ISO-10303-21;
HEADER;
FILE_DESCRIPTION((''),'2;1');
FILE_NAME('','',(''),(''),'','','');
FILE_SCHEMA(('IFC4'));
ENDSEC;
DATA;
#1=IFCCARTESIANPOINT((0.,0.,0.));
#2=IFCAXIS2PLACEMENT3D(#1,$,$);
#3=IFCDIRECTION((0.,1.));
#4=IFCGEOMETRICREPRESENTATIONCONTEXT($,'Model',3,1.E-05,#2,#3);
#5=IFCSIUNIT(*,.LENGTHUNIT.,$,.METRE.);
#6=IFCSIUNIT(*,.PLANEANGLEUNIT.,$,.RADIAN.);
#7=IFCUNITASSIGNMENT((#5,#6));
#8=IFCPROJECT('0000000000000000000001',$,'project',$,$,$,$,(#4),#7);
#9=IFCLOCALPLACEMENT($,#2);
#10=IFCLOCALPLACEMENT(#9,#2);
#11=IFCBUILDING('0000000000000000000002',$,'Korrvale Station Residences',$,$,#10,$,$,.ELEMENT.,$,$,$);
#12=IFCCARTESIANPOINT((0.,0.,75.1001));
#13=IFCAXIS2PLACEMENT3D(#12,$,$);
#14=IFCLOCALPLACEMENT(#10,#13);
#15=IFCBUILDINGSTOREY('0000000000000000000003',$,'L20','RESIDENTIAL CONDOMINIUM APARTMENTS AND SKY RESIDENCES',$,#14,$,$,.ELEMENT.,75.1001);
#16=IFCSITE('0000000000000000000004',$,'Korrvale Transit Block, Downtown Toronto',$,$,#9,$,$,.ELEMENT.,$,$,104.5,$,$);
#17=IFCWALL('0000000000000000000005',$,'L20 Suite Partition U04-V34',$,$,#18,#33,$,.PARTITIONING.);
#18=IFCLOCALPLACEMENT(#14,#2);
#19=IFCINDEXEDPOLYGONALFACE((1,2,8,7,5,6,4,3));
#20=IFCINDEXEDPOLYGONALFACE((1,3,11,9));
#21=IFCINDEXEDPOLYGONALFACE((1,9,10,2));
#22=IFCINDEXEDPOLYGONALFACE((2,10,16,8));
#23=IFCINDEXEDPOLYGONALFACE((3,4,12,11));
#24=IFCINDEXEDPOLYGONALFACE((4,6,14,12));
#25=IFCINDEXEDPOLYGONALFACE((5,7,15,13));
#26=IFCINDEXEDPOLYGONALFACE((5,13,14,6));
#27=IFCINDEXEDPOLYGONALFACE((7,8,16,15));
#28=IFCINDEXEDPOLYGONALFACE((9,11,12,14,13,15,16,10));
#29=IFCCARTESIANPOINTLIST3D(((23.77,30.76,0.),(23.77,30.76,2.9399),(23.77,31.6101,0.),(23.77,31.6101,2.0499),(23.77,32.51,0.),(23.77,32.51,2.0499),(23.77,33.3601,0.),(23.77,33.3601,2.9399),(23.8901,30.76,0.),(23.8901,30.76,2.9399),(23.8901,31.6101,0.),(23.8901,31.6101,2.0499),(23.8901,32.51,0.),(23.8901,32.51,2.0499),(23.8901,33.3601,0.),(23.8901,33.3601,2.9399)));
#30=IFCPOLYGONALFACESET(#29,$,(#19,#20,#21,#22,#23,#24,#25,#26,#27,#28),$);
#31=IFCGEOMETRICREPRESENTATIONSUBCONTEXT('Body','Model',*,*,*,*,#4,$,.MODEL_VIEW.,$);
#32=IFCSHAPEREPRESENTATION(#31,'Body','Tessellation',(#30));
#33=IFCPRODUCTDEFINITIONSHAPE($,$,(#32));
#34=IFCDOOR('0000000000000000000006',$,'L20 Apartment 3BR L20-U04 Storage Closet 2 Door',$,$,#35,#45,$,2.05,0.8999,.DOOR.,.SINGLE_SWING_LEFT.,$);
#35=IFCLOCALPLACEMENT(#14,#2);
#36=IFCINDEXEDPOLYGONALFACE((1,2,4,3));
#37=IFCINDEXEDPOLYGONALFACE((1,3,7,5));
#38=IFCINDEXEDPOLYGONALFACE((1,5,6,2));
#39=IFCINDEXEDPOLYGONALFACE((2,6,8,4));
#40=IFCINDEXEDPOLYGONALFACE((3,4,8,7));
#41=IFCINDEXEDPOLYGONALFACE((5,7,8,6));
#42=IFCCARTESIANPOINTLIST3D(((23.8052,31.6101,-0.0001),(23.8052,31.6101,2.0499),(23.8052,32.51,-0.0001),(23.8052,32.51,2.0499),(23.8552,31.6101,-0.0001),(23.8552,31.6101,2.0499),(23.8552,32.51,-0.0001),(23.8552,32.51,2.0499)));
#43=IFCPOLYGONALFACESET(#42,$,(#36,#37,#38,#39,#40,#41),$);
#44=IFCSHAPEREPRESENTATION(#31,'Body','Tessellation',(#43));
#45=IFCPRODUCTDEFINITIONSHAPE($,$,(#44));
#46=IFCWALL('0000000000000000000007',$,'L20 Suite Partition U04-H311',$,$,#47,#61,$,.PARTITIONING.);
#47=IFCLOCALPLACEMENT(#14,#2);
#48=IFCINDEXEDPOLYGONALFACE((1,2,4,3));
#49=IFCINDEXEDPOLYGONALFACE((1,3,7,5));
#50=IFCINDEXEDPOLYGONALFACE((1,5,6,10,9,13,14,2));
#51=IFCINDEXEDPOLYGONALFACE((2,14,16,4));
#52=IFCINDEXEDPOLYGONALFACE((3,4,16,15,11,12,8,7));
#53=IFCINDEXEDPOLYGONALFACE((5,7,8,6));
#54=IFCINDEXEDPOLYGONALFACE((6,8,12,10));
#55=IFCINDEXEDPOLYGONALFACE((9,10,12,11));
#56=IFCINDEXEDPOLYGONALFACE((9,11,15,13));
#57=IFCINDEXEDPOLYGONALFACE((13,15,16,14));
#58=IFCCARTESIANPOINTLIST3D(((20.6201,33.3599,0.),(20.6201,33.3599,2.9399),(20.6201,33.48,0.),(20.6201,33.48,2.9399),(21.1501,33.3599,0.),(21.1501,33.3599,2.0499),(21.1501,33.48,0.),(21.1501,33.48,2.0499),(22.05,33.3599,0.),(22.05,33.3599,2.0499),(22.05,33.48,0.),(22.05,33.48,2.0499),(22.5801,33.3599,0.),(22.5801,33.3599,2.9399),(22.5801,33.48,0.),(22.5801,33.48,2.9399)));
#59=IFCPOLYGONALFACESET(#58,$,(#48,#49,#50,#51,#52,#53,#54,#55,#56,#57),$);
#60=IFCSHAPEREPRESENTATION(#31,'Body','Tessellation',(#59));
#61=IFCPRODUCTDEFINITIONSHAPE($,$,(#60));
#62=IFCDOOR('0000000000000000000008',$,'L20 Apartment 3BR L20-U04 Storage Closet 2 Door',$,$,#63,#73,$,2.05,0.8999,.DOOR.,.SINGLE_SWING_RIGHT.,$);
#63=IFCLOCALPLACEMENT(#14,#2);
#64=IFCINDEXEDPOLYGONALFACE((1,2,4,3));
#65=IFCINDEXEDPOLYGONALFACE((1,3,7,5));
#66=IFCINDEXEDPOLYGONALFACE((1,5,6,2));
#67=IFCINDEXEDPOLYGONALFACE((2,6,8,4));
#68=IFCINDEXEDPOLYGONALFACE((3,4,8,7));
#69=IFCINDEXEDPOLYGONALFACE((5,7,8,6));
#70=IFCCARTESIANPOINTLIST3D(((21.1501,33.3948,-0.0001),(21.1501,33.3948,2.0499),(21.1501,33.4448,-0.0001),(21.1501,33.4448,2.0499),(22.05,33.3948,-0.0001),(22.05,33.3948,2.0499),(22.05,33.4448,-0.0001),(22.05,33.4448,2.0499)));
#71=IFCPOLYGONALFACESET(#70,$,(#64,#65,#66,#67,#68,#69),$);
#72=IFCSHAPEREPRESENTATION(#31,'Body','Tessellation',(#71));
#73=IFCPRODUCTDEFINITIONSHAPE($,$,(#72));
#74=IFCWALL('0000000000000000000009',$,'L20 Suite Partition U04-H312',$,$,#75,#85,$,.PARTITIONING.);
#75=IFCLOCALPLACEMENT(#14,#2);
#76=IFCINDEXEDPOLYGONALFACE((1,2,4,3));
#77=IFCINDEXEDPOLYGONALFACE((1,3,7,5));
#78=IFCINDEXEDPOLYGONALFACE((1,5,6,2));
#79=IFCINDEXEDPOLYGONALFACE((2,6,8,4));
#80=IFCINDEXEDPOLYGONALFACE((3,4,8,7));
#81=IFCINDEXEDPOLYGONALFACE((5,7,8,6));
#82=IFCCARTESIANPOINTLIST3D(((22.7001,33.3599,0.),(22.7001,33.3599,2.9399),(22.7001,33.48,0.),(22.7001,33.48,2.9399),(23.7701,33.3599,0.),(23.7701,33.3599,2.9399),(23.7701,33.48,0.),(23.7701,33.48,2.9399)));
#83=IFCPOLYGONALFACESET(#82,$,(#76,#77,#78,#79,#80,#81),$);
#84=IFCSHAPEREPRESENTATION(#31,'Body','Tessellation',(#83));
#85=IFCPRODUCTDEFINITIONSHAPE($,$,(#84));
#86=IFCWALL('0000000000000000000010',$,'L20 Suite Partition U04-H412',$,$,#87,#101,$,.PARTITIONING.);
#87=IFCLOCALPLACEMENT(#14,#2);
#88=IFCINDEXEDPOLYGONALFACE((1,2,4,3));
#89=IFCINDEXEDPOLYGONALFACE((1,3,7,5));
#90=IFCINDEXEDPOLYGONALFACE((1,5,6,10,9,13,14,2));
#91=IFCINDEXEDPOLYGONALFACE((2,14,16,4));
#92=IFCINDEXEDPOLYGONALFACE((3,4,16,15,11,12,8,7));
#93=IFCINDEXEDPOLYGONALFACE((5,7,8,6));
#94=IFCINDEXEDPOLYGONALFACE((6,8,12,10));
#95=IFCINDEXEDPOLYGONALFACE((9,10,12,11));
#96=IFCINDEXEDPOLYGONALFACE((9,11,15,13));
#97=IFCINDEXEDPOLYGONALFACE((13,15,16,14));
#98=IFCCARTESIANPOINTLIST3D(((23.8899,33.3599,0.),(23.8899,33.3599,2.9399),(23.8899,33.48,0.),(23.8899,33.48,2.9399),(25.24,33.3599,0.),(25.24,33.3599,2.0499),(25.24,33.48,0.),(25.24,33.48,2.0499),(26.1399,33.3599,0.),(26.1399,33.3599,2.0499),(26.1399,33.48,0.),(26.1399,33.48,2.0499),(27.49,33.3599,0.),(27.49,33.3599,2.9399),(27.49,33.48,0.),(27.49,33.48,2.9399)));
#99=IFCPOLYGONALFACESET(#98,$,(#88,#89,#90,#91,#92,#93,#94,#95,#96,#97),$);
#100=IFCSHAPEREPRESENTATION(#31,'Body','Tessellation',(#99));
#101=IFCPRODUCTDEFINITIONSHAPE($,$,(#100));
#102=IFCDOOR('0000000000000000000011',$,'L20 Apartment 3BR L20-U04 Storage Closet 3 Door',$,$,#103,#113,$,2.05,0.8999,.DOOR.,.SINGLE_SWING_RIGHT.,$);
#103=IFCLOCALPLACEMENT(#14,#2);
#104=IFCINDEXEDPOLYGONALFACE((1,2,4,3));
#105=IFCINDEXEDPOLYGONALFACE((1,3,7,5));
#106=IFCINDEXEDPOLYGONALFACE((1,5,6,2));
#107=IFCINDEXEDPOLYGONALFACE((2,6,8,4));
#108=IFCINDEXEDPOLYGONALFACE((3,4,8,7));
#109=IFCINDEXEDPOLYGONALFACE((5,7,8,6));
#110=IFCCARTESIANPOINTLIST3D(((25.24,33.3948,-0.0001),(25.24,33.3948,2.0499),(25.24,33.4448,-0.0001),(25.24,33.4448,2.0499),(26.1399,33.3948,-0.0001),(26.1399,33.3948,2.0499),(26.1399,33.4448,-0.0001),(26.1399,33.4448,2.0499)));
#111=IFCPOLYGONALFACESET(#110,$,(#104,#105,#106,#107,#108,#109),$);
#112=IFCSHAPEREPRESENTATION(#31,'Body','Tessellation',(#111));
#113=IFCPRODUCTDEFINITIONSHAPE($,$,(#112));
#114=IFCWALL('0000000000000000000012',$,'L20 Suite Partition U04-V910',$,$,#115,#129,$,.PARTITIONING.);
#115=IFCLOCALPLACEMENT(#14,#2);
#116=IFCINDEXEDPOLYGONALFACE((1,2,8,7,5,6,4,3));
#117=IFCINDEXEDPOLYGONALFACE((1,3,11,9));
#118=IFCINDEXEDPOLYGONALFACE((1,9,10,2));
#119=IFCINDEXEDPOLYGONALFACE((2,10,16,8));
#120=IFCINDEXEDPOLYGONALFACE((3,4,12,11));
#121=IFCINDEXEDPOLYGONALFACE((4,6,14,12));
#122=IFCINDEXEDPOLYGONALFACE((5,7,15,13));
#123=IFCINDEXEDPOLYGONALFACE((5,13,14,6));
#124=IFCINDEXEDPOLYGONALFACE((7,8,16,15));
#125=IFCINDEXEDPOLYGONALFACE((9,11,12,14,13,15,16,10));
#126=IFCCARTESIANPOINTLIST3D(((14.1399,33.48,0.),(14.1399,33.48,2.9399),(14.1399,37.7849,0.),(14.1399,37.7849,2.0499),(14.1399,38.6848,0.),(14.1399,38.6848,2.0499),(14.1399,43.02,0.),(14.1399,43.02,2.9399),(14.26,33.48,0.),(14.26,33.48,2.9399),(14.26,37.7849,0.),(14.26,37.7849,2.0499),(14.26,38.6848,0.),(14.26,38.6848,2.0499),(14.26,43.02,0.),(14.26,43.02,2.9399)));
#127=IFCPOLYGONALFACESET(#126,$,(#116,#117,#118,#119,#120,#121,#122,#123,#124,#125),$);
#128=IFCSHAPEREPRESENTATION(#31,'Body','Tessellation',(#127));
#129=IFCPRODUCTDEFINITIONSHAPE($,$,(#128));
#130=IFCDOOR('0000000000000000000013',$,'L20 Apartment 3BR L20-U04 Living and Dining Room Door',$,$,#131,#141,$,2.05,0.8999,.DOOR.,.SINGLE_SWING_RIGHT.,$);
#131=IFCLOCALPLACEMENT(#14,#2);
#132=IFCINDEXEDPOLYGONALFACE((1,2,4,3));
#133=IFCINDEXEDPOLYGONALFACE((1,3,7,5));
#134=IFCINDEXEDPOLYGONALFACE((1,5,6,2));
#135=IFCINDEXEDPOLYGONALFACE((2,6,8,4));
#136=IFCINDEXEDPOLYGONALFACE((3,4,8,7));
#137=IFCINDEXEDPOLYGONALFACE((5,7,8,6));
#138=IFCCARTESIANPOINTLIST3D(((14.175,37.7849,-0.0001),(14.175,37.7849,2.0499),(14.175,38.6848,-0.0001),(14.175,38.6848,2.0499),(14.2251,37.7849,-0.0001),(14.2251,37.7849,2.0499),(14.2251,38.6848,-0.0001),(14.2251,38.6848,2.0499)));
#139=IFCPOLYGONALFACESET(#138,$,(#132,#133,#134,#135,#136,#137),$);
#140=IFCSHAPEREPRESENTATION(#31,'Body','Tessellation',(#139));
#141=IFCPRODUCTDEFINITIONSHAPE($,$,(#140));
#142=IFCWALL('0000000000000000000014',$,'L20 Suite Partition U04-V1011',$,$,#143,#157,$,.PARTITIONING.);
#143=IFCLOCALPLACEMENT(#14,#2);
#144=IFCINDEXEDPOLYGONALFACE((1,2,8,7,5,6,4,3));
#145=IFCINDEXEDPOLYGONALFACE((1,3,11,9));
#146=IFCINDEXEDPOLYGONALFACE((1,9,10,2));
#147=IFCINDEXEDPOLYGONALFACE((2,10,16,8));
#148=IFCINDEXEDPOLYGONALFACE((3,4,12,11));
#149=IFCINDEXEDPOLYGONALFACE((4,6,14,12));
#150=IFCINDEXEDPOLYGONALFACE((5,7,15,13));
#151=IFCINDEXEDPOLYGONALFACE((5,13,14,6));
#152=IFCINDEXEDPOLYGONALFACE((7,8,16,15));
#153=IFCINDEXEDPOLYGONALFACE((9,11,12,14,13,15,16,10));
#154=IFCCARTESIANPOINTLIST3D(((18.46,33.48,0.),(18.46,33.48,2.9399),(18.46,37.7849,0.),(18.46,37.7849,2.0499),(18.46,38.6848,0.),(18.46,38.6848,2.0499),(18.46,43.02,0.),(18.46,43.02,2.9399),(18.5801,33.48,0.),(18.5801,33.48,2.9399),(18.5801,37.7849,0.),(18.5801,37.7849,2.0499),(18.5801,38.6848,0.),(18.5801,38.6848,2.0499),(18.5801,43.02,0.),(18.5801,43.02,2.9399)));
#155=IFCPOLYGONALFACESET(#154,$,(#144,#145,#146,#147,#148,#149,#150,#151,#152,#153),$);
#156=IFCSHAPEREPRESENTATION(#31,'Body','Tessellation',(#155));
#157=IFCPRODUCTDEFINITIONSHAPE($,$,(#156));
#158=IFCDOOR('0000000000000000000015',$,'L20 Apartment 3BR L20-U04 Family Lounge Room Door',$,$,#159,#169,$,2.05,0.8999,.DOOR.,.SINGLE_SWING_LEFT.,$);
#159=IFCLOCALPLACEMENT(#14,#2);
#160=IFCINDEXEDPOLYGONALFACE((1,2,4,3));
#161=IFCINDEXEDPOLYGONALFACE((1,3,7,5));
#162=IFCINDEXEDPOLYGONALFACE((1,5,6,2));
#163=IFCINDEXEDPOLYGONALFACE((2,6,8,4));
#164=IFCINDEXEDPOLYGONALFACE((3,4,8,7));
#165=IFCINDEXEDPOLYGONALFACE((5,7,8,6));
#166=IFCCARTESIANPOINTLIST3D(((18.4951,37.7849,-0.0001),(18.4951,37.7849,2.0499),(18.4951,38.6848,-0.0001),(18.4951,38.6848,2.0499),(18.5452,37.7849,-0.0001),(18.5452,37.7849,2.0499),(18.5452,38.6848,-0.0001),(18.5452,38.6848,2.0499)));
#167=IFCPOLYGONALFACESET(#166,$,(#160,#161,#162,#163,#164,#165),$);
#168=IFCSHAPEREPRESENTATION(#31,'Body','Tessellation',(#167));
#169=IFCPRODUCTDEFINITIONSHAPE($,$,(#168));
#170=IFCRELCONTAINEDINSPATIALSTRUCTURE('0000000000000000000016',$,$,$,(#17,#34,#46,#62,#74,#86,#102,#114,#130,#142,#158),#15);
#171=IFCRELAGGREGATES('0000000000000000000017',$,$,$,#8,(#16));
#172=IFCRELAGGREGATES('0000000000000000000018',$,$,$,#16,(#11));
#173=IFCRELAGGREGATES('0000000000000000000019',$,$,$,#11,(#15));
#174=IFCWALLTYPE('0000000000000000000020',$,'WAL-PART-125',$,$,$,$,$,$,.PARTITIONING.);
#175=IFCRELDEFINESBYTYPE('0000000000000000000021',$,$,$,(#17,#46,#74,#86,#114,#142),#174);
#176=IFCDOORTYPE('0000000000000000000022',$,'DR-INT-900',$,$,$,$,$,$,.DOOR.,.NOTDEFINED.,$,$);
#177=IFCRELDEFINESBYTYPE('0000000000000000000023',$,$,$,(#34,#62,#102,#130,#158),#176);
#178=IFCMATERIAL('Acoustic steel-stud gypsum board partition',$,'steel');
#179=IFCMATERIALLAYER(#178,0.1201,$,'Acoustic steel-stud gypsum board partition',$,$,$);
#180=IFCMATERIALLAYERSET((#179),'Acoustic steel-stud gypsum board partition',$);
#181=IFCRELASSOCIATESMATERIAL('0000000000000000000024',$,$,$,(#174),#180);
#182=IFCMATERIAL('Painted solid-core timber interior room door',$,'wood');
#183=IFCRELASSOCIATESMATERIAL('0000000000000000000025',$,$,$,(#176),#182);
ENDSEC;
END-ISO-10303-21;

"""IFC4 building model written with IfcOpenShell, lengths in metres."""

from ifc_helpers import new_model, si_unit, direction, frame, frame_2d, origin, place, context, subcontext, project, spatial, rectangle, extrude, material, layer, layer_set, type_object, element, fill, save


model = new_model("IFC4")

# Units and contexts
model_context = context("Model", 3, precision=1e-05, world=origin(), true_north=direction((0.0, 1.0)))
body_context = subcontext(model_context, "Body", "Model", "MODEL_VIEW")
ifc_project = project(units=[si_unit("LENGTHUNIT", "METRE"), si_unit("PLANEANGLEUNIT", "RADIAN")], contexts=[model_context])

# Site, building, storey
site_placement = place(None, origin())
site = spatial("IfcSite", under=ifc_project, at=site_placement, Name="Korrvale Transit Block, Downtown Toronto", CompositionType="ELEMENT", RefElevation=104.5)
building_placement = place(site_placement, origin())
building = spatial("IfcBuilding", under=site, at=building_placement, Name="Korrvale Station Residences", CompositionType="ELEMENT")
storey_placement = place(building_placement, frame((0.0, 0.0, 75.1001)))
storey = spatial("IfcBuildingStorey", under=building, at=storey_placement, Name="L20", Description="RESIDENTIAL CONDOMINIUM APARTMENTS AND SKY RESIDENCES", CompositionType="ELEMENT", Elevation=75.1001)

# Walls, openings, doors
ifc_material_1 = material(Name="Acoustic steel-stud gypsum board partition", Category="steel")
ifc_layer = layer(ifc_material_1, 0.1201, Name="Acoustic steel-stud gypsum board partition")
ifc_layer_set = layer_set([ifc_layer], Name="Acoustic steel-stud gypsum board partition")
wall_type = type_object("IfcWallType", Name="WAL-PART-125", PredefinedType="PARTITIONING", material=ifc_layer_set)
ifc_material_2 = material(Name="Painted solid-core timber interior room door", Category="wood")
door_type = type_object("IfcDoorType", Name="DR-INT-900", OperationType="NOTDEFINED", PredefinedType="DOOR", material=ifc_material_2)
wall_1_placement = place(storey_placement, frame((23.8301, 30.76, 0.0), z_axis=(0.0, 0.0, 1.0), x_axis=(0.0, 1.0, 0.0)))
wall_1 = element("IfcWall", 1, at=wall_1_placement, inside=storey, type_object=wall_type, Name="L20 Suite Partition U04-V34", PredefinedType="PARTITIONING", context=body_context, shape_type="SweptSolid", body=[
    extrude(rectangle(XDim=2.6001, YDim=0.1201, at=frame_2d((1.3, 0.0))), origin(), (0.0, 0.0, 1.0), 2.9399),
])
opening_1_placement = place(wall_1_placement, frame((0.8501, 0.0, 0.0)))
opening_1 = element("IfcOpeningElement", 2, at=opening_1_placement, cuts=wall_1, PredefinedType="OPENING", context=body_context, shape_type="SweptSolid", body=[
    extrude(rectangle(XDim=0.8999, YDim=2.05, at=frame_2d((0.45, 1.0249))), frame((0.0, 0.0701, 0.0), z_axis=(0.0, -1.0, 0.0), x_axis=(1.0, 0.0, 0.0)), (0.0, 0.0, 1.0), 0.1401),
])
door_1_placement = place(opening_1_placement, origin())
door_1 = element("IfcDoor", 3, at=door_1_placement, inside=storey, type_object=door_type, Name="L20 Apartment 3BR L20-U04 Storage Closet 2 Door", OperationType="SINGLE_SWING_LEFT", OverallHeight=2.05, OverallWidth=0.8999, PredefinedType="DOOR", context=body_context, shape_type="SweptSolid", body=[
    extrude(rectangle(XDim=0.8999, YDim=2.05, at=frame_2d((0.45, 1.0249))), frame((0.0, 0.0249, 0.0), z_axis=(0.0, -1.0, 0.0), x_axis=(1.0, 0.0, 0.0)), (0.0, 0.0, 1.0), 0.05),
])
fill(opening_1, door_1)
wall_2_placement = place(storey_placement, frame((20.6201, 33.4199, 0.0), z_axis=(0.0, 0.0, 1.0), x_axis=(1.0, 0.0, 0.0)))
wall_2 = element("IfcWall", 4, at=wall_2_placement, inside=storey, type_object=wall_type, Name="L20 Suite Partition U04-H311", PredefinedType="PARTITIONING", context=body_context, shape_type="SweptSolid", body=[
    extrude(rectangle(XDim=1.96, YDim=0.1201, at=frame_2d((0.98, 0.0))), origin(), (0.0, 0.0, 1.0), 2.9399),
])
opening_2_placement = place(wall_2_placement, frame((0.53, 0.0, 0.0)))
opening_2 = element("IfcOpeningElement", 5, at=opening_2_placement, cuts=wall_2, PredefinedType="OPENING", context=body_context, shape_type="SweptSolid", body=[
    extrude(rectangle(XDim=0.8999, YDim=2.05, at=frame_2d((0.45, 1.0249))), frame((0.0, 0.0701, 0.0), z_axis=(0.0, -1.0, 0.0), x_axis=(1.0, 0.0, 0.0)), (0.0, 0.0, 1.0), 0.1401),
])
door_2_placement = place(opening_2_placement, origin())
door_2 = element("IfcDoor", 6, at=door_2_placement, inside=storey, type_object=door_type, Name="L20 Apartment 3BR L20-U04 Storage Closet 2 Door", OperationType="SINGLE_SWING_RIGHT", OverallHeight=2.05, OverallWidth=0.8999, PredefinedType="DOOR", context=body_context, shape_type="SweptSolid", body=[
    extrude(rectangle(XDim=0.8999, YDim=2.05, at=frame_2d((0.45, 1.0249))), frame((0.0, 0.0249, 0.0), z_axis=(0.0, -1.0, 0.0), x_axis=(1.0, 0.0, 0.0)), (0.0, 0.0, 1.0), 0.05),
])
fill(opening_2, door_2)

# Wall
wall_3_placement = place(storey_placement, frame((22.7, 33.4199, 0.0), z_axis=(0.0, 0.0, 1.0), x_axis=(1.0, 0.0, 0.0)))
element("IfcWall", 7, at=wall_3_placement, inside=storey, type_object=wall_type, Name="L20 Suite Partition U04-H312", PredefinedType="PARTITIONING", context=body_context, shape_type="SweptSolid", body=[
    extrude(rectangle(XDim=1.0701, YDim=0.1201, at=frame_2d((0.5352, 0.0))), origin(), (0.0, 0.0, 1.0), 2.9399),
])

# Walls, openings, doors
wall_4_placement = place(storey_placement, frame((23.8899, 33.4199, 0.0), z_axis=(0.0, 0.0, 1.0), x_axis=(1.0, 0.0, 0.0)))
wall_4 = element("IfcWall", 8, at=wall_4_placement, inside=storey, type_object=wall_type, Name="L20 Suite Partition U04-H412", PredefinedType="PARTITIONING", context=body_context, shape_type="SweptSolid", body=[
    extrude(rectangle(XDim=3.6001, YDim=0.1201, at=frame_2d((1.8, 0.0))), origin(), (0.0, 0.0, 1.0), 2.9399),
])
opening_3_placement = place(wall_4_placement, frame((1.3501, 0.0, 0.0)))
opening_3 = element("IfcOpeningElement", 9, at=opening_3_placement, cuts=wall_4, PredefinedType="OPENING", context=body_context, shape_type="SweptSolid", body=[
    extrude(rectangle(XDim=0.8999, YDim=2.05, at=frame_2d((0.45, 1.0249))), frame((0.0, 0.0701, 0.0), z_axis=(0.0, -1.0, 0.0), x_axis=(1.0, 0.0, 0.0)), (0.0, 0.0, 1.0), 0.1401),
])
door_3_placement = place(opening_3_placement, origin())
door_3 = element("IfcDoor", 10, at=door_3_placement, inside=storey, type_object=door_type, Name="L20 Apartment 3BR L20-U04 Storage Closet 3 Door", OperationType="SINGLE_SWING_RIGHT", OverallHeight=2.05, OverallWidth=0.8999, PredefinedType="DOOR", context=body_context, shape_type="SweptSolid", body=[
    extrude(rectangle(XDim=0.8999, YDim=2.05, at=frame_2d((0.45, 1.0249))), frame((0.0, 0.0249, 0.0), z_axis=(0.0, -1.0, 0.0), x_axis=(1.0, 0.0, 0.0)), (0.0, 0.0, 1.0), 0.05),
])
fill(opening_3, door_3)
wall_5_placement = place(storey_placement, frame((14.2, 33.48, 0.0), z_axis=(0.0, 0.0, 1.0), x_axis=(0.0, 1.0, 0.0)))
wall_5 = element("IfcWall", 11, at=wall_5_placement, inside=storey, type_object=wall_type, Name="L20 Suite Partition U04-V910", PredefinedType="PARTITIONING", context=body_context, shape_type="SweptSolid", body=[
    extrude(rectangle(XDim=9.54, YDim=0.1201, at=frame_2d((4.77, 0.0))), origin(), (0.0, 0.0, 1.0), 2.9399),
])
opening_4_placement = place(wall_5_placement, frame((4.3049, 0.0, 0.0)))
opening_4 = element("IfcOpeningElement", 12, at=opening_4_placement, cuts=wall_5, PredefinedType="OPENING", context=body_context, shape_type="SweptSolid", body=[
    extrude(rectangle(XDim=0.8999, YDim=2.05, at=frame_2d((0.45, 1.0249))), frame((0.0, 0.0701, 0.0), z_axis=(0.0, -1.0, 0.0), x_axis=(1.0, 0.0, 0.0)), (0.0, 0.0, 1.0), 0.1401),
])
door_4_placement = place(opening_4_placement, origin())
door_4 = element("IfcDoor", 13, at=door_4_placement, inside=storey, type_object=door_type, Name="L20 Apartment 3BR L20-U04 Living and Dining Room Door", OperationType="SINGLE_SWING_RIGHT", OverallHeight=2.05, OverallWidth=0.8999, PredefinedType="DOOR", context=body_context, shape_type="SweptSolid", body=[
    extrude(rectangle(XDim=0.8999, YDim=2.05, at=frame_2d((0.45, 1.0249))), frame((0.0, 0.0249, 0.0), z_axis=(0.0, -1.0, 0.0), x_axis=(1.0, 0.0, 0.0)), (0.0, 0.0, 1.0), 0.05),
])
fill(opening_4, door_4)
wall_6_placement = place(storey_placement, frame((18.52, 33.48, 0.0), z_axis=(0.0, 0.0, 1.0), x_axis=(0.0, 1.0, 0.0)))
wall_6 = element("IfcWall", 14, at=wall_6_placement, inside=storey, type_object=wall_type, Name="L20 Suite Partition U04-V1011", PredefinedType="PARTITIONING", context=body_context, shape_type="SweptSolid", body=[
    extrude(rectangle(XDim=9.54, YDim=0.1201, at=frame_2d((4.77, 0.0))), origin(), (0.0, 0.0, 1.0), 2.9399),
])
opening_5_placement = place(wall_6_placement, frame((4.3049, 0.0, 0.0)))
opening_5 = element("IfcOpeningElement", 15, at=opening_5_placement, cuts=wall_6, PredefinedType="OPENING", context=body_context, shape_type="SweptSolid", body=[
    extrude(rectangle(XDim=0.8999, YDim=2.05, at=frame_2d((0.45, 1.0249))), frame((0.0, 0.0701, 0.0), z_axis=(0.0, -1.0, 0.0), x_axis=(1.0, 0.0, 0.0)), (0.0, 0.0, 1.0), 0.1401),
])
door_5_placement = place(opening_5_placement, origin())
door_5 = element("IfcDoor", 16, at=door_5_placement, inside=storey, type_object=door_type, Name="L20 Apartment 3BR L20-U04 Family Lounge Room Door", OperationType="SINGLE_SWING_LEFT", OverallHeight=2.05, OverallWidth=0.8999, PredefinedType="DOOR", context=body_context, shape_type="SweptSolid", body=[
    extrude(rectangle(XDim=0.8999, YDim=2.05, at=frame_2d((0.45, 1.0249))), frame((0.0, 0.0249, 0.0), z_axis=(0.0, -1.0, 0.0), x_axis=(1.0, 0.0, 0.0)), (0.0, 0.0, 1.0), 0.05),
])
fill(opening_5, door_5)

save(model, "model.ifc")
